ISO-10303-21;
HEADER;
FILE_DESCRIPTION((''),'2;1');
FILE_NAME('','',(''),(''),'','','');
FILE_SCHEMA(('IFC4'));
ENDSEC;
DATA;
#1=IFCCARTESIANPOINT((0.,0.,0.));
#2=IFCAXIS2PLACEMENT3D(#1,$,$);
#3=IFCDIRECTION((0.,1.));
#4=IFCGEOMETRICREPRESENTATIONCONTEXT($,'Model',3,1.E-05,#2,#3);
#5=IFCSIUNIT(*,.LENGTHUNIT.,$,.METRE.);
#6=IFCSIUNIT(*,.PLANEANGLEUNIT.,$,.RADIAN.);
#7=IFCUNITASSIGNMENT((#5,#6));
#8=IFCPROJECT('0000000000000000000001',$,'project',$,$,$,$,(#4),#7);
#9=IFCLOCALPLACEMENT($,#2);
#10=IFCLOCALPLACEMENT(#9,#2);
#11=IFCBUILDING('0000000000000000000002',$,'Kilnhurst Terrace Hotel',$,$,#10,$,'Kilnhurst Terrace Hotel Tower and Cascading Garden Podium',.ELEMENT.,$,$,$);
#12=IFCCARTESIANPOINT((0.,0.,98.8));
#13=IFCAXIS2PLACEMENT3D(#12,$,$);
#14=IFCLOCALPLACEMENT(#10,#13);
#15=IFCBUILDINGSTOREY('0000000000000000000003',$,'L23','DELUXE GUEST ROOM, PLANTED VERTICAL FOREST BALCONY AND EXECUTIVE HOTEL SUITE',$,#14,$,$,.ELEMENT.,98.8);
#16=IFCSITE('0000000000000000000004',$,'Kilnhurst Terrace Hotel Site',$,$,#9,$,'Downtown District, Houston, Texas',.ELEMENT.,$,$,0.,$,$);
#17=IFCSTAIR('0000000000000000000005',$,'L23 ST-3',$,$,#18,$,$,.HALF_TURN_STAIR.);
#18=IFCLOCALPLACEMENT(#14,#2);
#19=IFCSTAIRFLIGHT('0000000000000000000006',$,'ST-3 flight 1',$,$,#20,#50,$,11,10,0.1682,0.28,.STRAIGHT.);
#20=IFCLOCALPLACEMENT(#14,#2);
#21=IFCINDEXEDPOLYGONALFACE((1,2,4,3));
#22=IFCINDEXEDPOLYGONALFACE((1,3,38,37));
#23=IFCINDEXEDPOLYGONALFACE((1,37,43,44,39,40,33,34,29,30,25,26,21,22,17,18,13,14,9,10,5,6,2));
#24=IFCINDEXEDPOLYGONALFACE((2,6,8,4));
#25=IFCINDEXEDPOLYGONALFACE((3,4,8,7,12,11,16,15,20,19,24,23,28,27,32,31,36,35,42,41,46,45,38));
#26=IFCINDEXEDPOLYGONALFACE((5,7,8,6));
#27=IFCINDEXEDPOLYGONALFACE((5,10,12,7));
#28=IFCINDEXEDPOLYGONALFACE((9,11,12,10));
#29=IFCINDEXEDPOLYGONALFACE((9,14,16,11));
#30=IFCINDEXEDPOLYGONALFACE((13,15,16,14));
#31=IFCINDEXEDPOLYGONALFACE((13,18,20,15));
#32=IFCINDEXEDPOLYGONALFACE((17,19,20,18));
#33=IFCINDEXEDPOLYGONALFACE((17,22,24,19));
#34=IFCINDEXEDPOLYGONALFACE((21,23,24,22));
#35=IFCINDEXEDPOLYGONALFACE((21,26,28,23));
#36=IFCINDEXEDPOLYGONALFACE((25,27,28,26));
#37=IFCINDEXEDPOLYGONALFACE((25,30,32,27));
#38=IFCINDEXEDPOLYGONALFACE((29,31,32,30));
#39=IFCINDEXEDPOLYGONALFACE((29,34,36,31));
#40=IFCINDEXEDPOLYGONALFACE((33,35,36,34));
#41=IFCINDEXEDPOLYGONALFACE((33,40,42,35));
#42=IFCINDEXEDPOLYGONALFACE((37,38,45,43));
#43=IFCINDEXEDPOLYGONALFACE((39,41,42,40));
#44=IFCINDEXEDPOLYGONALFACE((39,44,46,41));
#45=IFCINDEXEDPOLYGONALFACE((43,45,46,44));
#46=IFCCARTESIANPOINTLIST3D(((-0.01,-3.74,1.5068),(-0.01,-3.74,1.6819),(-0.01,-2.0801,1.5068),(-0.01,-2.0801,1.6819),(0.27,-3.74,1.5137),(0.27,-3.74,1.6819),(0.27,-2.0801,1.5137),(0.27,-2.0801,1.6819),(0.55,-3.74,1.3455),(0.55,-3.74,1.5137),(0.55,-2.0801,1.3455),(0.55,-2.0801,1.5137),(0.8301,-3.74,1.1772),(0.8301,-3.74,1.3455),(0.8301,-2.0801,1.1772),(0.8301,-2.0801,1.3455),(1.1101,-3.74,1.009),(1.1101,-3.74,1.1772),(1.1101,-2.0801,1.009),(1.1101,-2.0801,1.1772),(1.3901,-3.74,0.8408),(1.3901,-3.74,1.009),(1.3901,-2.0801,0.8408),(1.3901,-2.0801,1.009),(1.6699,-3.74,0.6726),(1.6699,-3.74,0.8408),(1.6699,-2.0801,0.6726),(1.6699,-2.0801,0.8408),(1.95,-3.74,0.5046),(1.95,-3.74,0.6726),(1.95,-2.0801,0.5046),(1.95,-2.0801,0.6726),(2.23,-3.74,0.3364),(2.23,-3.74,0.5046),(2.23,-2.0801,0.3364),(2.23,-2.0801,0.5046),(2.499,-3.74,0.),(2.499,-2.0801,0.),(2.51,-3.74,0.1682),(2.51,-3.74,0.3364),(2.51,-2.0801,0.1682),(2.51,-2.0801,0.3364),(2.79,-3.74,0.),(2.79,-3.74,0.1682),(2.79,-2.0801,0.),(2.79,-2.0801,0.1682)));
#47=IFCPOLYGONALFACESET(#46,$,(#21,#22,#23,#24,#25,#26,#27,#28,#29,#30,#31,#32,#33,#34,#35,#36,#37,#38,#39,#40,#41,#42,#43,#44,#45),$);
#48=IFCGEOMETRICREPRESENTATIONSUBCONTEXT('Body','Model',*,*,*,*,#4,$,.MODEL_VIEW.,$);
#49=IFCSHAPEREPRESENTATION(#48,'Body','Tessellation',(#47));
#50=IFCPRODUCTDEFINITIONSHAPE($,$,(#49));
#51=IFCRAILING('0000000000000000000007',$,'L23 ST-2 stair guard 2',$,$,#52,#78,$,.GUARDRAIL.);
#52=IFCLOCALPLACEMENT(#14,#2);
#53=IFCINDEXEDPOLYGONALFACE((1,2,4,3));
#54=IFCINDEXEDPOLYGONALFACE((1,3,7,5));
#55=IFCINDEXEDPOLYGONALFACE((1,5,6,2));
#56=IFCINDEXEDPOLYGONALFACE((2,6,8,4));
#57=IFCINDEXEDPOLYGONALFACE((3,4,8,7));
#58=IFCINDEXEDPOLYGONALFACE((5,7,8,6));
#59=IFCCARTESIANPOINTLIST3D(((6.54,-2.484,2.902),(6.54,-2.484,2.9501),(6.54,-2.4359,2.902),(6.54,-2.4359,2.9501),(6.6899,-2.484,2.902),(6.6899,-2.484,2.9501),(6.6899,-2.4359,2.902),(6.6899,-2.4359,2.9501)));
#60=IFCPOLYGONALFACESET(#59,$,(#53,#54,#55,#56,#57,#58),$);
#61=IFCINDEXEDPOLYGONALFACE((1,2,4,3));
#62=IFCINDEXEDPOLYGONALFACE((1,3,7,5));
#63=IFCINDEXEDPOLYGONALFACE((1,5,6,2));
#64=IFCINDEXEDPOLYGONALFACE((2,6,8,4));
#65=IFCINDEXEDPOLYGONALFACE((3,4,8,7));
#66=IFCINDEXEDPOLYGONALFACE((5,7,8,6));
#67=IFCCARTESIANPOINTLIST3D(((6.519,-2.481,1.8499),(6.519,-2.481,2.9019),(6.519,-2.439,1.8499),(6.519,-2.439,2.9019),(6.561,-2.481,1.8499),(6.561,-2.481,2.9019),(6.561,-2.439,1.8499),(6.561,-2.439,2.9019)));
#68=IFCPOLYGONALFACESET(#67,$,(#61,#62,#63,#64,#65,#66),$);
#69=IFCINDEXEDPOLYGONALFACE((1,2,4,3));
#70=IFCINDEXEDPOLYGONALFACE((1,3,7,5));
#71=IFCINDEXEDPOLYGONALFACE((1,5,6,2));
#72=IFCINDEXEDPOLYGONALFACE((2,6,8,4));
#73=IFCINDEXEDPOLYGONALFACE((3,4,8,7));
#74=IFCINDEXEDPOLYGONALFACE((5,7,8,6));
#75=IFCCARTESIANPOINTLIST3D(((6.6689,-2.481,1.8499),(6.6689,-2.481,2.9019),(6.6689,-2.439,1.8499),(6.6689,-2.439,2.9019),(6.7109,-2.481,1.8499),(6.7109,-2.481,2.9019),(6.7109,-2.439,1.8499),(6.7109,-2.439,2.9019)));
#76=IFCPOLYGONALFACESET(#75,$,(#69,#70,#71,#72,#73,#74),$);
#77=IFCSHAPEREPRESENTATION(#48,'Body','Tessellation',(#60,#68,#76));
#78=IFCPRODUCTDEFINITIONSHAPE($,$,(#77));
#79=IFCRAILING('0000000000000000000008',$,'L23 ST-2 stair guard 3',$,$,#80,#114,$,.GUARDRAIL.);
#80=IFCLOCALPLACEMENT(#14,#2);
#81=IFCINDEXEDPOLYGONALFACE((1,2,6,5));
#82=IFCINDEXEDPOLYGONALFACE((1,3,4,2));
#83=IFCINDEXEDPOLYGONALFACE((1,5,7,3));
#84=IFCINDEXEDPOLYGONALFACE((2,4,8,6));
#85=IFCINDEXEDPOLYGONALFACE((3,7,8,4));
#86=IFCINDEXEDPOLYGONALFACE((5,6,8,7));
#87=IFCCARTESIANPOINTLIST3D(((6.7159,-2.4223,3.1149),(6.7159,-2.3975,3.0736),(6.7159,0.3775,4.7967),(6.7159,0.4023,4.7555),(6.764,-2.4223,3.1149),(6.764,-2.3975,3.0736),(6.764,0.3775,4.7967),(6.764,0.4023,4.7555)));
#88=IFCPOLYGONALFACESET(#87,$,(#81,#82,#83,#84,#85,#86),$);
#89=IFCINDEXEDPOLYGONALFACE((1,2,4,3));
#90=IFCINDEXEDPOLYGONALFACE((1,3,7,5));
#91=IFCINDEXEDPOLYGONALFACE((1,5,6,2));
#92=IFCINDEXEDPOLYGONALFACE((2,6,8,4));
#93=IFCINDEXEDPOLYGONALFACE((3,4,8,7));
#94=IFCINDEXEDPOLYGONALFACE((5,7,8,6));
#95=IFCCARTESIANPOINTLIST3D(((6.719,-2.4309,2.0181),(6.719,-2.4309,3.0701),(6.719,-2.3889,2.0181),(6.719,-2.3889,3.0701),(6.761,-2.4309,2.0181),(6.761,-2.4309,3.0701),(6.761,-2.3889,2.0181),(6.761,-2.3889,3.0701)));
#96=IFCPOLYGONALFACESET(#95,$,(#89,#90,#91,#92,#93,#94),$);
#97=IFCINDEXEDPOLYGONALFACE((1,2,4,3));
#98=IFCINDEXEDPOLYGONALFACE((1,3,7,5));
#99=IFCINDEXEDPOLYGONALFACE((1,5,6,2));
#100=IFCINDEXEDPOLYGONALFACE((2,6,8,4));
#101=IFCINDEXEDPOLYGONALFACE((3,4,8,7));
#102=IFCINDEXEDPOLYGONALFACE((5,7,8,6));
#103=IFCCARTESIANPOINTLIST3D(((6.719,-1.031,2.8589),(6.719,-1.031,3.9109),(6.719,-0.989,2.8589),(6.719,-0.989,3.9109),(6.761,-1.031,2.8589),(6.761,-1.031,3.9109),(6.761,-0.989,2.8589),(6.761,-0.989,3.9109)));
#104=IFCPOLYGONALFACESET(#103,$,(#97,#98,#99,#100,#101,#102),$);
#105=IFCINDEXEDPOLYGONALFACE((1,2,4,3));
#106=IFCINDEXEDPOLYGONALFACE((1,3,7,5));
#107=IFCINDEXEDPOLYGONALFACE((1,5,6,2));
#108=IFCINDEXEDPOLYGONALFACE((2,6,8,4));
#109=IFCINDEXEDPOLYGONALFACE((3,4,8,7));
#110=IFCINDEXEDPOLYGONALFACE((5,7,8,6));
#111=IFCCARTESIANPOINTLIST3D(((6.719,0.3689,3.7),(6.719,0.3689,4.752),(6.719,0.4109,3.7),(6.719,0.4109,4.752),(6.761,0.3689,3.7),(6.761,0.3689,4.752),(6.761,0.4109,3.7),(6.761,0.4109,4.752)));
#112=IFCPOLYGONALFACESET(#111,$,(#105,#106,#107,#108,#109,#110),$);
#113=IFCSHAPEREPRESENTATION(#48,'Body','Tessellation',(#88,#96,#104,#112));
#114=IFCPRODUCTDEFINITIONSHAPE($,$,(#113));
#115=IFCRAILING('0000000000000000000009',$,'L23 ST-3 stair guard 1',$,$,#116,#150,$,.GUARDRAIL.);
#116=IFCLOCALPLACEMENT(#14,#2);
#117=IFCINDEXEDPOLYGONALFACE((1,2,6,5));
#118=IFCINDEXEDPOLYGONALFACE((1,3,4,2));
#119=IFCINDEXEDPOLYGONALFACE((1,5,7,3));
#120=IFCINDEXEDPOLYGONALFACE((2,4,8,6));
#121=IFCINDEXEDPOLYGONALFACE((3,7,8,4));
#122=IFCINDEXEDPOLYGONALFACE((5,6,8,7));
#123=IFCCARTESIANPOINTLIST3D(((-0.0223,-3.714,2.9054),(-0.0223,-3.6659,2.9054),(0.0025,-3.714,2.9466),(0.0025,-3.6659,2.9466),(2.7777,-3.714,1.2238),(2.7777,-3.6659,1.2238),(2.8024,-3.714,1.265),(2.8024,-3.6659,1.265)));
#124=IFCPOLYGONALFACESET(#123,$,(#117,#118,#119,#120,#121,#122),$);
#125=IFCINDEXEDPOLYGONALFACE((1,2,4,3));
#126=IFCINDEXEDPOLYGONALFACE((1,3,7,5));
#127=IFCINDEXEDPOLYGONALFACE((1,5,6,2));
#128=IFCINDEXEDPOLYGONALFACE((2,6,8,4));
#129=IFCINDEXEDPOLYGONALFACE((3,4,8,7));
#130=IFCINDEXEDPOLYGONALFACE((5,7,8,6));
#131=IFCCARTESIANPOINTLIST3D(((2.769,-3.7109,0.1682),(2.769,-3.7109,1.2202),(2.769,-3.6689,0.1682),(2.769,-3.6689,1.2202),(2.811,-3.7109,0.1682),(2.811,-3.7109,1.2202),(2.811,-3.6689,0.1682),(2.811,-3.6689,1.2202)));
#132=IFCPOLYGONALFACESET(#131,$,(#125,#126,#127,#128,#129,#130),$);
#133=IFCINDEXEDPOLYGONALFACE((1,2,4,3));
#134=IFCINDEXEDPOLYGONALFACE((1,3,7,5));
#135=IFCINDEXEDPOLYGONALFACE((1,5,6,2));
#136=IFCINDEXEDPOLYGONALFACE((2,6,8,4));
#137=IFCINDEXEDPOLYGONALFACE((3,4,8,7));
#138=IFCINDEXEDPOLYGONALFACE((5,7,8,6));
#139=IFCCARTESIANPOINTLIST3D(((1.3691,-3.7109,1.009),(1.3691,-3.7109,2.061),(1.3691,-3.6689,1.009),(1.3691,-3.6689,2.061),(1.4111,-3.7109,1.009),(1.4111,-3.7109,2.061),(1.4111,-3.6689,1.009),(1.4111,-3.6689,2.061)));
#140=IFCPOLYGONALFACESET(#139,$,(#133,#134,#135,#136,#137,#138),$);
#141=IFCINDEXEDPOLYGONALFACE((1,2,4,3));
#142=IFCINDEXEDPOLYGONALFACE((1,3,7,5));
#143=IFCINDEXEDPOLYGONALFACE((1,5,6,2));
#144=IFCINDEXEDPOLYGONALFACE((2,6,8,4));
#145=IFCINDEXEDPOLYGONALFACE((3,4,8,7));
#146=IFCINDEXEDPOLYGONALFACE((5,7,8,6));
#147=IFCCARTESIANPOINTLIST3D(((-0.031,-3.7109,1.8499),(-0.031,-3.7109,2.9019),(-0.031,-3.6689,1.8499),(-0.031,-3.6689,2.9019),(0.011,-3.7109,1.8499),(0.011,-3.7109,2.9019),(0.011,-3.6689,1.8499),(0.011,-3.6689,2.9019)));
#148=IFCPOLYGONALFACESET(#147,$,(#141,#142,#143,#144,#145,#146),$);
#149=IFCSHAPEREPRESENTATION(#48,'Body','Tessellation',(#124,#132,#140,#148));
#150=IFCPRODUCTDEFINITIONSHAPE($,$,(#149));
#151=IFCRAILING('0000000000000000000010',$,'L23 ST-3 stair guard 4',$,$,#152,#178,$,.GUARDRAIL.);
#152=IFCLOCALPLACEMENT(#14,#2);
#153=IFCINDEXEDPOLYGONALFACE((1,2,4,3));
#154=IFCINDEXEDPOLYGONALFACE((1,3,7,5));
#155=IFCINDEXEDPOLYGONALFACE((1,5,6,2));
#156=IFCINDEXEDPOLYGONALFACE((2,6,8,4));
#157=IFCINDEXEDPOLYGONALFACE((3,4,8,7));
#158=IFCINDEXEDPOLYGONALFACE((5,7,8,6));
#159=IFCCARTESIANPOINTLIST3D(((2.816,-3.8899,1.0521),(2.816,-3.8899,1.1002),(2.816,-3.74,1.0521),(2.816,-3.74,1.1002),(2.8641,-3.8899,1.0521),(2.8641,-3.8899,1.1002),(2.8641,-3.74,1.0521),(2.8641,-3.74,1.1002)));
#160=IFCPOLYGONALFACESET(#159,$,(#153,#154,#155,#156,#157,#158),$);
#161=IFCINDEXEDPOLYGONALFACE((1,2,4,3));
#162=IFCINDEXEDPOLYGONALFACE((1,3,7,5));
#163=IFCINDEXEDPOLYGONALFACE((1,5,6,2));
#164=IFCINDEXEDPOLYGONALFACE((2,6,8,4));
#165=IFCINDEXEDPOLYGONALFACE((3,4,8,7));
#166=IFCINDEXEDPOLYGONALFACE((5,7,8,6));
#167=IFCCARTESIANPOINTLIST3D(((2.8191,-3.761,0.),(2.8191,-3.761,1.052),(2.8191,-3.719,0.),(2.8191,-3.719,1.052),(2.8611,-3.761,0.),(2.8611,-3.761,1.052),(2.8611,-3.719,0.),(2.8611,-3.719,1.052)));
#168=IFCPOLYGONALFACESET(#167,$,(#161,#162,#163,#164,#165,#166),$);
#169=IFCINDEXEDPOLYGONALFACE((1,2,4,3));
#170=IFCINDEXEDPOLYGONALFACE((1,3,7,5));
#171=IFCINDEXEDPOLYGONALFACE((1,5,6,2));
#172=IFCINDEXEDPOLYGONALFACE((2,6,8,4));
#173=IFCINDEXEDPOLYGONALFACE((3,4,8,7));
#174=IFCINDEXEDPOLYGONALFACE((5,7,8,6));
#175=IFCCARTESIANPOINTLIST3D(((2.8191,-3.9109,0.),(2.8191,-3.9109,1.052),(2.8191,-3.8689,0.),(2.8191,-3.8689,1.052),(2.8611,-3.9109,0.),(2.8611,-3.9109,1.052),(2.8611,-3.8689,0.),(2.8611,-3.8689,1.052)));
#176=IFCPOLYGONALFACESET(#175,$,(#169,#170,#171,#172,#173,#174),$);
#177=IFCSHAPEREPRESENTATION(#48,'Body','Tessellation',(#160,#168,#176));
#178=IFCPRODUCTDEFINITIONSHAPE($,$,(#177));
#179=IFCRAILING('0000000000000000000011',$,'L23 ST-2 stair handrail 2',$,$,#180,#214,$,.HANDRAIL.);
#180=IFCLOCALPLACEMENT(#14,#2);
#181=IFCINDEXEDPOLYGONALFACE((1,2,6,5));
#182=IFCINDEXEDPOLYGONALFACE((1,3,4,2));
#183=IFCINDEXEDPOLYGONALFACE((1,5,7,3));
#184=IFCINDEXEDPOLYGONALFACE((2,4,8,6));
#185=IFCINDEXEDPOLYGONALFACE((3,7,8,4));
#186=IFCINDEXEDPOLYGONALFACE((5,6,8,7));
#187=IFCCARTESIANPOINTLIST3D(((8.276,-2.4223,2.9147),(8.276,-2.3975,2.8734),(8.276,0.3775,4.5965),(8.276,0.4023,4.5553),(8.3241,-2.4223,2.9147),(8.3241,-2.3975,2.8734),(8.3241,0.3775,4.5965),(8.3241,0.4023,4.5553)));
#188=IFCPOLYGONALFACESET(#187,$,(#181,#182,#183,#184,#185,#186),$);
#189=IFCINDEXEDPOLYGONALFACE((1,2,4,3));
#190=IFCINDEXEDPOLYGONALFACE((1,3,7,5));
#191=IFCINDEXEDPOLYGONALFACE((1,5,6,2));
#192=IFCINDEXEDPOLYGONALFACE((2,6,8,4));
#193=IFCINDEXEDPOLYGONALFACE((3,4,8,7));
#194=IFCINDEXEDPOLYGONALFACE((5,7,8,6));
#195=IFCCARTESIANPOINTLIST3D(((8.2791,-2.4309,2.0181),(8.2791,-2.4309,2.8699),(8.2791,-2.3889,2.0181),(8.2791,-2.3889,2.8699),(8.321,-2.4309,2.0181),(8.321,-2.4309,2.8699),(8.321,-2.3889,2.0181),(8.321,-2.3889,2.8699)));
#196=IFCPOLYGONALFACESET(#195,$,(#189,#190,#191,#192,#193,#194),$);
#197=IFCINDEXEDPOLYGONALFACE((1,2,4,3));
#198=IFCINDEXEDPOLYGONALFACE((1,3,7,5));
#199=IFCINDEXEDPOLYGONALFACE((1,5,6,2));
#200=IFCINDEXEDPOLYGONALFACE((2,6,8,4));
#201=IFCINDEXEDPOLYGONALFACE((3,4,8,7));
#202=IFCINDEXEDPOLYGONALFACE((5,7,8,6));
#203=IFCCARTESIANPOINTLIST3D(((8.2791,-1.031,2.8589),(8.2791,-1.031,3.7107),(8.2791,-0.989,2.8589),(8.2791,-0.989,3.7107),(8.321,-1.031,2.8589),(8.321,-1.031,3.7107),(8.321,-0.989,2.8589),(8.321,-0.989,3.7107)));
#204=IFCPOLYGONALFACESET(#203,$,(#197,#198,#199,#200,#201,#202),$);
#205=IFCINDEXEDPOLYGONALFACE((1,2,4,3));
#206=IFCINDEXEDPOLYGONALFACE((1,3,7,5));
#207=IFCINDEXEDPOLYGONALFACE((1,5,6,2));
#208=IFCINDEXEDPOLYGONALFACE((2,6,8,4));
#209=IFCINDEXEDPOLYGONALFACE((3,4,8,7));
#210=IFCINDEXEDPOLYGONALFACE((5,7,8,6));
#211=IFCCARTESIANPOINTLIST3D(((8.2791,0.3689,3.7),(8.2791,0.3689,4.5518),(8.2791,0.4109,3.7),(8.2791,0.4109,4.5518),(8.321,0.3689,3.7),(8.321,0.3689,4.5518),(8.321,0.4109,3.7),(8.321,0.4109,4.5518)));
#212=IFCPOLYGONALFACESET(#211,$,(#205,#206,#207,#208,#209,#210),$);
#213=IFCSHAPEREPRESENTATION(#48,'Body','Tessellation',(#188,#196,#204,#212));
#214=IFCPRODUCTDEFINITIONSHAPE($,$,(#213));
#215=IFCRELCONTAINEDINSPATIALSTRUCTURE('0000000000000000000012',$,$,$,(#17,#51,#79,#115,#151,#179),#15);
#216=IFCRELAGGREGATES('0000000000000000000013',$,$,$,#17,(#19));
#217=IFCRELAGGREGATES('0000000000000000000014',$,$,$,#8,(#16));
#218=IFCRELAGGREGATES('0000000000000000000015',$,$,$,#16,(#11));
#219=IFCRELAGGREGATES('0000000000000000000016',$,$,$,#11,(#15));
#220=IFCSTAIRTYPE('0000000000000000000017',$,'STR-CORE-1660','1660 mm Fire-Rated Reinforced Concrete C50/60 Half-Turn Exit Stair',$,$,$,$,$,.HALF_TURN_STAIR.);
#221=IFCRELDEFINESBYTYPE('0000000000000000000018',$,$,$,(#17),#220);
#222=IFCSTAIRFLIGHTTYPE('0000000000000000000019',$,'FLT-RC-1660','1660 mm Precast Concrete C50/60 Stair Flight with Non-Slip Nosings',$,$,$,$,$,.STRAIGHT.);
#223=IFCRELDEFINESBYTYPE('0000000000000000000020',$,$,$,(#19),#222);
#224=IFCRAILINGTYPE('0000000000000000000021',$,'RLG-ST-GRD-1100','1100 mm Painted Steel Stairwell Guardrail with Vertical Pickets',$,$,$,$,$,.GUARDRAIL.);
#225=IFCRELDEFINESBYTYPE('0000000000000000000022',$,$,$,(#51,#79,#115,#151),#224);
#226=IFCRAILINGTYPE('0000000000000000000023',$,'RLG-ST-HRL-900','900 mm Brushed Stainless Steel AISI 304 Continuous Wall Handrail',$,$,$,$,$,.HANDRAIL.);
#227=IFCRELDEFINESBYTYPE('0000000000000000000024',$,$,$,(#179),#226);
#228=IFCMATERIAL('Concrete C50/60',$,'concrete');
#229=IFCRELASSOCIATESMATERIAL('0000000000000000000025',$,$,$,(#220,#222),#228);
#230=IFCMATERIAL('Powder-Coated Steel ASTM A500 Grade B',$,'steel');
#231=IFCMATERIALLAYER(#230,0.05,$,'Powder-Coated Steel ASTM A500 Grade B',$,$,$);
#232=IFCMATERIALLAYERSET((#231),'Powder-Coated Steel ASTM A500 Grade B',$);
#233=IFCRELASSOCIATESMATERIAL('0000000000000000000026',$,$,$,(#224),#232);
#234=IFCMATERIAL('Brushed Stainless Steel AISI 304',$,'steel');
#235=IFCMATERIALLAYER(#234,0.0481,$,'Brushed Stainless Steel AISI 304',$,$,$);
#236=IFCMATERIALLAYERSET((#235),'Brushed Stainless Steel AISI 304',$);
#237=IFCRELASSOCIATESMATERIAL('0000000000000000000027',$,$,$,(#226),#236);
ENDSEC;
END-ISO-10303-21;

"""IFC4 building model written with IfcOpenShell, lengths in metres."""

from ifc_helpers import new_model, si_unit, direction, frame, origin, origin_2d, place, context, subcontext, project, spatial, polyline, rectangle, outline, extrude, material, layer, layer_set, type_object, element, aggregate, save


model = new_model("IFC4")

# Units and contexts
model_context = context("Model", 3, precision=1e-05, world=origin(), true_north=direction((0.0, 1.0)))
body_context = subcontext(model_context, "Body", "Model", "MODEL_VIEW")
ifc_project = project(units=[si_unit("LENGTHUNIT", "METRE"), si_unit("PLANEANGLEUNIT", "RADIAN")], contexts=[model_context])

# Site, building, storey
site_placement = place(None, origin())
site = spatial("IfcSite", under=ifc_project, at=site_placement, Name="Kilnhurst Terrace Hotel Site", LongName="Downtown District, Houston, Texas", CompositionType="ELEMENT", RefElevation=0.0)
building_placement = place(site_placement, origin())
building = spatial("IfcBuilding", under=site, at=building_placement, Name="Kilnhurst Terrace Hotel", LongName="Kilnhurst Terrace Hotel Tower and Cascading Garden Podium", CompositionType="ELEMENT")
storey_placement = place(building_placement, frame((0.0, 0.0, 98.8)))
storey = spatial("IfcBuildingStorey", under=building, at=storey_placement, Name="L23", Description="DELUXE GUEST ROOM, PLANTED VERTICAL FOREST BALCONY AND EXECUTIVE HOTEL SUITE", CompositionType="ELEMENT", Elevation=98.8)

# Shared definitions
ifc_material_1 = material(Name="Concrete C50/60", Category="concrete")

# Stair, stair flight
stair_type = type_object("IfcStairType", Name="STR-CORE-1660", Description="1660 mm Fire-Rated Reinforced Concrete C50/60 Half-Turn Exit Stair", PredefinedType="HALF_TURN_STAIR", material=ifc_material_1)
stair_flight_type = type_object("IfcStairFlightType", Name="FLT-RC-1660", Description="1660 mm Precast Concrete C50/60 Stair Flight with Non-Slip Nosings", PredefinedType="STRAIGHT", material=ifc_material_1)
stair_1_placement = place(storey_placement, origin())
stair_1 = element("IfcStair", 1, at=stair_1_placement, inside=storey, type_object=stair_type, Name="L23 ST-3", PredefinedType="HALF_TURN_STAIR")
stair_flight_1_placement = place(storey_placement, frame((2.79, -2.9099, 0.0), z_axis=(0.0, 0.0, 1.0), x_axis=(-1.0, 0.0, 0.0)))
stair_flight_1 = element("IfcStairFlight", 2, at=stair_flight_1_placement, type_object=stair_flight_type, Name="ST-3 flight 1", NumberOfRisers=11, NumberOfTreads=10, PredefinedType="STRAIGHT", RiserHeight=0.1682, TreadLength=0.28, context=body_context, shape_type="SweptSolid", body=[
    extrude(outline(polyline([(0.0, 0.0), (0.0, 0.1682), (0.28, 0.1682), (0.28, 0.3364), (0.5601, 0.3364), (0.5601, 0.5046), (0.8401, 0.5046), (0.8401, 0.6726), (1.1201, 0.6726), (1.1201, 0.8408), (1.3999, 0.8408), (1.3999, 1.009), (1.6799, 1.009), (1.6799, 1.1772), (1.96, 1.1772), (1.96, 1.3455), (2.24, 1.3455), (2.24, 1.5137), (2.52, 1.5137), (2.52, 1.6819), (2.8, 1.6819), (2.8, 1.8501), (2.8, 1.5068), (0.291, 0.0), (0.0, 0.0)])), frame((0.0, 0.8301, 0.0), z_axis=(0.0, -1.0, 0.0), x_axis=(1.0, 0.0, 0.0)), (0.0, 0.0, 1.0), 1.6599),
])
aggregate(stair_1, [stair_flight_1])

# Railings
ifc_material_2 = material(Name="Powder-Coated Steel ASTM A500 Grade B", Category="steel")
ifc_layer_1 = layer(ifc_material_2, 0.05, Name="Powder-Coated Steel ASTM A500 Grade B")
ifc_layer_set_1 = layer_set([ifc_layer_1], Name="Powder-Coated Steel ASTM A500 Grade B")
railing_type_1 = type_object("IfcRailingType", Name="RLG-ST-GRD-1100", Description="1100 mm Painted Steel Stairwell Guardrail with Vertical Pickets", PredefinedType="GUARDRAIL", material=ifc_layer_set_1)
railing_1_placement = place(storey_placement, frame((6.54, -2.46, 1.8499)))
element("IfcRailing", 3, at=railing_1_placement, inside=storey, type_object=railing_type_1, Name="L23 ST-2 stair guard 2", PredefinedType="GUARDRAIL", context=body_context, shape_type="SweptSolid", body=[
    extrude(rectangle(XDim=0.0481, YDim=0.0481, at=origin_2d()), frame((0.0, 0.0, 1.0762), z_axis=(1.0, 0.0, 0.0), x_axis=(0.0, 1.0, 0.0)), (0.0, 0.0, 1.0), 0.1499),
    extrude(rectangle(XDim=0.042, YDim=0.042, at=origin_2d()), origin(), (0.0, 0.0, 1.0), 1.052),
    extrude(rectangle(XDim=0.042, YDim=0.042, at=origin_2d()), frame((0.1499, 0.0, 0.0)), (0.0, 0.0, 1.0), 1.052),
])
railing_2_placement = place(storey_placement, frame((6.74, -2.4099, 2.0181)))
element("IfcRailing", 4, at=railing_2_placement, inside=storey, type_object=railing_type_1, Name="L23 ST-2 stair guard 3", PredefinedType="GUARDRAIL", context=body_context, shape_type="SweptSolid", body=[
    extrude(rectangle(XDim=0.0481, YDim=0.0481, at=origin_2d()), frame((0.0, 0.0, 1.0762), z_axis=(0.0, 0.857222, 0.514946), x_axis=(-1.0, 0.0, 0.0)), (0.0, 0.0, 1.0), 3.2661),
    extrude(rectangle(XDim=0.042, YDim=0.042, at=origin_2d()), origin(), (0.0, 0.0, 1.0), 1.052),
    extrude(rectangle(XDim=0.042, YDim=0.042, at=origin_2d()), frame((0.0, 1.3999, 0.8408)), (0.0, 0.0, 1.0), 1.052),
    extrude(rectangle(XDim=0.042, YDim=0.042, at=origin_2d()), frame((0.0, 2.7998, 1.6819)), (0.0, 0.0, 1.0), 1.052),
])
railing_3_placement = place(storey_placement, frame((2.79, -3.6899, 0.1682)))
element("IfcRailing", 5, at=railing_3_placement, inside=storey, type_object=railing_type_1, Name="L23 ST-3 stair guard 1", PredefinedType="GUARDRAIL", context=body_context, shape_type="SweptSolid", body=[
    extrude(rectangle(XDim=0.0481, YDim=0.0481, at=origin_2d()), frame((0.0, 0.0, 1.0762), z_axis=(-0.857275, 0.0, 0.514858), x_axis=(0.0, -1.0, 0.0)), (0.0, 0.0, 1.0), 3.2661),
    extrude(rectangle(XDim=0.042, YDim=0.042, at=origin_2d()), origin(), (0.0, 0.0, 1.0), 1.052),
    extrude(rectangle(XDim=0.042, YDim=0.042, at=origin_2d()), frame((-1.3999, 0.0, 0.8408)), (0.0, 0.0, 1.0), 1.052),
    extrude(rectangle(XDim=0.042, YDim=0.042, at=origin_2d()), frame((-2.8, 0.0, 1.6816)), (0.0, 0.0, 1.0), 1.052),
])
railing_4_placement = place(storey_placement, frame((2.8401, -3.74, 0.0)))
element("IfcRailing", 6, at=railing_4_placement, inside=storey, type_object=railing_type_1, Name="L23 ST-3 stair guard 4", PredefinedType="GUARDRAIL", context=body_context, shape_type="SweptSolid", body=[
    extrude(rectangle(XDim=0.0481, YDim=0.0481, at=origin_2d()), frame((0.0, 0.0, 1.0762), z_axis=(0.0, -1.0, 0.0), x_axis=(1.0, 0.0, 0.0)), (0.0, 0.0, 1.0), 0.1499),
    extrude(rectangle(XDim=0.042, YDim=0.042, at=origin_2d()), origin(), (0.0, 0.0, 1.0), 1.052),
    extrude(rectangle(XDim=0.042, YDim=0.042, at=origin_2d()), frame((0.0, -0.1499, 0.0)), (0.0, 0.0, 1.0), 1.052),
])
ifc_material_3 = material(Name="Brushed Stainless Steel AISI 304", Category="steel")
ifc_layer_2 = layer(ifc_material_3, 0.0481, Name="Brushed Stainless Steel AISI 304")
ifc_layer_set_2 = layer_set([ifc_layer_2], Name="Brushed Stainless Steel AISI 304")
railing_type_2 = type_object("IfcRailingType", Name="RLG-ST-HRL-900", Description="900 mm Brushed Stainless Steel AISI 304 Continuous Wall Handrail", PredefinedType="HANDRAIL", material=ifc_layer_set_2)
railing_5_placement = place(storey_placement, frame((8.3, -2.4099, 2.0181)))
element("IfcRailing", 7, at=railing_5_placement, inside=storey, type_object=railing_type_2, Name="L23 ST-2 stair handrail 2", PredefinedType="HANDRAIL", context=body_context, shape_type="SweptSolid", body=[
    extrude(rectangle(XDim=0.0481, YDim=0.0481, at=origin_2d()), frame((0.0, 0.0, 0.876), z_axis=(0.0, 0.857222, 0.514946), x_axis=(-1.0, 0.0, 0.0)), (0.0, 0.0, 1.0), 3.2661),
    extrude(rectangle(XDim=0.042, YDim=0.042, at=origin_2d()), origin(), (0.0, 0.0, 1.0), 0.8518),
    extrude(rectangle(XDim=0.042, YDim=0.042, at=origin_2d()), frame((0.0, 1.3999, 0.8408)), (0.0, 0.0, 1.0), 0.8518),
    extrude(rectangle(XDim=0.042, YDim=0.042, at=origin_2d()), frame((0.0, 2.7998, 1.6819)), (0.0, 0.0, 1.0), 0.8518),
])

save(model, "model.ifc")
